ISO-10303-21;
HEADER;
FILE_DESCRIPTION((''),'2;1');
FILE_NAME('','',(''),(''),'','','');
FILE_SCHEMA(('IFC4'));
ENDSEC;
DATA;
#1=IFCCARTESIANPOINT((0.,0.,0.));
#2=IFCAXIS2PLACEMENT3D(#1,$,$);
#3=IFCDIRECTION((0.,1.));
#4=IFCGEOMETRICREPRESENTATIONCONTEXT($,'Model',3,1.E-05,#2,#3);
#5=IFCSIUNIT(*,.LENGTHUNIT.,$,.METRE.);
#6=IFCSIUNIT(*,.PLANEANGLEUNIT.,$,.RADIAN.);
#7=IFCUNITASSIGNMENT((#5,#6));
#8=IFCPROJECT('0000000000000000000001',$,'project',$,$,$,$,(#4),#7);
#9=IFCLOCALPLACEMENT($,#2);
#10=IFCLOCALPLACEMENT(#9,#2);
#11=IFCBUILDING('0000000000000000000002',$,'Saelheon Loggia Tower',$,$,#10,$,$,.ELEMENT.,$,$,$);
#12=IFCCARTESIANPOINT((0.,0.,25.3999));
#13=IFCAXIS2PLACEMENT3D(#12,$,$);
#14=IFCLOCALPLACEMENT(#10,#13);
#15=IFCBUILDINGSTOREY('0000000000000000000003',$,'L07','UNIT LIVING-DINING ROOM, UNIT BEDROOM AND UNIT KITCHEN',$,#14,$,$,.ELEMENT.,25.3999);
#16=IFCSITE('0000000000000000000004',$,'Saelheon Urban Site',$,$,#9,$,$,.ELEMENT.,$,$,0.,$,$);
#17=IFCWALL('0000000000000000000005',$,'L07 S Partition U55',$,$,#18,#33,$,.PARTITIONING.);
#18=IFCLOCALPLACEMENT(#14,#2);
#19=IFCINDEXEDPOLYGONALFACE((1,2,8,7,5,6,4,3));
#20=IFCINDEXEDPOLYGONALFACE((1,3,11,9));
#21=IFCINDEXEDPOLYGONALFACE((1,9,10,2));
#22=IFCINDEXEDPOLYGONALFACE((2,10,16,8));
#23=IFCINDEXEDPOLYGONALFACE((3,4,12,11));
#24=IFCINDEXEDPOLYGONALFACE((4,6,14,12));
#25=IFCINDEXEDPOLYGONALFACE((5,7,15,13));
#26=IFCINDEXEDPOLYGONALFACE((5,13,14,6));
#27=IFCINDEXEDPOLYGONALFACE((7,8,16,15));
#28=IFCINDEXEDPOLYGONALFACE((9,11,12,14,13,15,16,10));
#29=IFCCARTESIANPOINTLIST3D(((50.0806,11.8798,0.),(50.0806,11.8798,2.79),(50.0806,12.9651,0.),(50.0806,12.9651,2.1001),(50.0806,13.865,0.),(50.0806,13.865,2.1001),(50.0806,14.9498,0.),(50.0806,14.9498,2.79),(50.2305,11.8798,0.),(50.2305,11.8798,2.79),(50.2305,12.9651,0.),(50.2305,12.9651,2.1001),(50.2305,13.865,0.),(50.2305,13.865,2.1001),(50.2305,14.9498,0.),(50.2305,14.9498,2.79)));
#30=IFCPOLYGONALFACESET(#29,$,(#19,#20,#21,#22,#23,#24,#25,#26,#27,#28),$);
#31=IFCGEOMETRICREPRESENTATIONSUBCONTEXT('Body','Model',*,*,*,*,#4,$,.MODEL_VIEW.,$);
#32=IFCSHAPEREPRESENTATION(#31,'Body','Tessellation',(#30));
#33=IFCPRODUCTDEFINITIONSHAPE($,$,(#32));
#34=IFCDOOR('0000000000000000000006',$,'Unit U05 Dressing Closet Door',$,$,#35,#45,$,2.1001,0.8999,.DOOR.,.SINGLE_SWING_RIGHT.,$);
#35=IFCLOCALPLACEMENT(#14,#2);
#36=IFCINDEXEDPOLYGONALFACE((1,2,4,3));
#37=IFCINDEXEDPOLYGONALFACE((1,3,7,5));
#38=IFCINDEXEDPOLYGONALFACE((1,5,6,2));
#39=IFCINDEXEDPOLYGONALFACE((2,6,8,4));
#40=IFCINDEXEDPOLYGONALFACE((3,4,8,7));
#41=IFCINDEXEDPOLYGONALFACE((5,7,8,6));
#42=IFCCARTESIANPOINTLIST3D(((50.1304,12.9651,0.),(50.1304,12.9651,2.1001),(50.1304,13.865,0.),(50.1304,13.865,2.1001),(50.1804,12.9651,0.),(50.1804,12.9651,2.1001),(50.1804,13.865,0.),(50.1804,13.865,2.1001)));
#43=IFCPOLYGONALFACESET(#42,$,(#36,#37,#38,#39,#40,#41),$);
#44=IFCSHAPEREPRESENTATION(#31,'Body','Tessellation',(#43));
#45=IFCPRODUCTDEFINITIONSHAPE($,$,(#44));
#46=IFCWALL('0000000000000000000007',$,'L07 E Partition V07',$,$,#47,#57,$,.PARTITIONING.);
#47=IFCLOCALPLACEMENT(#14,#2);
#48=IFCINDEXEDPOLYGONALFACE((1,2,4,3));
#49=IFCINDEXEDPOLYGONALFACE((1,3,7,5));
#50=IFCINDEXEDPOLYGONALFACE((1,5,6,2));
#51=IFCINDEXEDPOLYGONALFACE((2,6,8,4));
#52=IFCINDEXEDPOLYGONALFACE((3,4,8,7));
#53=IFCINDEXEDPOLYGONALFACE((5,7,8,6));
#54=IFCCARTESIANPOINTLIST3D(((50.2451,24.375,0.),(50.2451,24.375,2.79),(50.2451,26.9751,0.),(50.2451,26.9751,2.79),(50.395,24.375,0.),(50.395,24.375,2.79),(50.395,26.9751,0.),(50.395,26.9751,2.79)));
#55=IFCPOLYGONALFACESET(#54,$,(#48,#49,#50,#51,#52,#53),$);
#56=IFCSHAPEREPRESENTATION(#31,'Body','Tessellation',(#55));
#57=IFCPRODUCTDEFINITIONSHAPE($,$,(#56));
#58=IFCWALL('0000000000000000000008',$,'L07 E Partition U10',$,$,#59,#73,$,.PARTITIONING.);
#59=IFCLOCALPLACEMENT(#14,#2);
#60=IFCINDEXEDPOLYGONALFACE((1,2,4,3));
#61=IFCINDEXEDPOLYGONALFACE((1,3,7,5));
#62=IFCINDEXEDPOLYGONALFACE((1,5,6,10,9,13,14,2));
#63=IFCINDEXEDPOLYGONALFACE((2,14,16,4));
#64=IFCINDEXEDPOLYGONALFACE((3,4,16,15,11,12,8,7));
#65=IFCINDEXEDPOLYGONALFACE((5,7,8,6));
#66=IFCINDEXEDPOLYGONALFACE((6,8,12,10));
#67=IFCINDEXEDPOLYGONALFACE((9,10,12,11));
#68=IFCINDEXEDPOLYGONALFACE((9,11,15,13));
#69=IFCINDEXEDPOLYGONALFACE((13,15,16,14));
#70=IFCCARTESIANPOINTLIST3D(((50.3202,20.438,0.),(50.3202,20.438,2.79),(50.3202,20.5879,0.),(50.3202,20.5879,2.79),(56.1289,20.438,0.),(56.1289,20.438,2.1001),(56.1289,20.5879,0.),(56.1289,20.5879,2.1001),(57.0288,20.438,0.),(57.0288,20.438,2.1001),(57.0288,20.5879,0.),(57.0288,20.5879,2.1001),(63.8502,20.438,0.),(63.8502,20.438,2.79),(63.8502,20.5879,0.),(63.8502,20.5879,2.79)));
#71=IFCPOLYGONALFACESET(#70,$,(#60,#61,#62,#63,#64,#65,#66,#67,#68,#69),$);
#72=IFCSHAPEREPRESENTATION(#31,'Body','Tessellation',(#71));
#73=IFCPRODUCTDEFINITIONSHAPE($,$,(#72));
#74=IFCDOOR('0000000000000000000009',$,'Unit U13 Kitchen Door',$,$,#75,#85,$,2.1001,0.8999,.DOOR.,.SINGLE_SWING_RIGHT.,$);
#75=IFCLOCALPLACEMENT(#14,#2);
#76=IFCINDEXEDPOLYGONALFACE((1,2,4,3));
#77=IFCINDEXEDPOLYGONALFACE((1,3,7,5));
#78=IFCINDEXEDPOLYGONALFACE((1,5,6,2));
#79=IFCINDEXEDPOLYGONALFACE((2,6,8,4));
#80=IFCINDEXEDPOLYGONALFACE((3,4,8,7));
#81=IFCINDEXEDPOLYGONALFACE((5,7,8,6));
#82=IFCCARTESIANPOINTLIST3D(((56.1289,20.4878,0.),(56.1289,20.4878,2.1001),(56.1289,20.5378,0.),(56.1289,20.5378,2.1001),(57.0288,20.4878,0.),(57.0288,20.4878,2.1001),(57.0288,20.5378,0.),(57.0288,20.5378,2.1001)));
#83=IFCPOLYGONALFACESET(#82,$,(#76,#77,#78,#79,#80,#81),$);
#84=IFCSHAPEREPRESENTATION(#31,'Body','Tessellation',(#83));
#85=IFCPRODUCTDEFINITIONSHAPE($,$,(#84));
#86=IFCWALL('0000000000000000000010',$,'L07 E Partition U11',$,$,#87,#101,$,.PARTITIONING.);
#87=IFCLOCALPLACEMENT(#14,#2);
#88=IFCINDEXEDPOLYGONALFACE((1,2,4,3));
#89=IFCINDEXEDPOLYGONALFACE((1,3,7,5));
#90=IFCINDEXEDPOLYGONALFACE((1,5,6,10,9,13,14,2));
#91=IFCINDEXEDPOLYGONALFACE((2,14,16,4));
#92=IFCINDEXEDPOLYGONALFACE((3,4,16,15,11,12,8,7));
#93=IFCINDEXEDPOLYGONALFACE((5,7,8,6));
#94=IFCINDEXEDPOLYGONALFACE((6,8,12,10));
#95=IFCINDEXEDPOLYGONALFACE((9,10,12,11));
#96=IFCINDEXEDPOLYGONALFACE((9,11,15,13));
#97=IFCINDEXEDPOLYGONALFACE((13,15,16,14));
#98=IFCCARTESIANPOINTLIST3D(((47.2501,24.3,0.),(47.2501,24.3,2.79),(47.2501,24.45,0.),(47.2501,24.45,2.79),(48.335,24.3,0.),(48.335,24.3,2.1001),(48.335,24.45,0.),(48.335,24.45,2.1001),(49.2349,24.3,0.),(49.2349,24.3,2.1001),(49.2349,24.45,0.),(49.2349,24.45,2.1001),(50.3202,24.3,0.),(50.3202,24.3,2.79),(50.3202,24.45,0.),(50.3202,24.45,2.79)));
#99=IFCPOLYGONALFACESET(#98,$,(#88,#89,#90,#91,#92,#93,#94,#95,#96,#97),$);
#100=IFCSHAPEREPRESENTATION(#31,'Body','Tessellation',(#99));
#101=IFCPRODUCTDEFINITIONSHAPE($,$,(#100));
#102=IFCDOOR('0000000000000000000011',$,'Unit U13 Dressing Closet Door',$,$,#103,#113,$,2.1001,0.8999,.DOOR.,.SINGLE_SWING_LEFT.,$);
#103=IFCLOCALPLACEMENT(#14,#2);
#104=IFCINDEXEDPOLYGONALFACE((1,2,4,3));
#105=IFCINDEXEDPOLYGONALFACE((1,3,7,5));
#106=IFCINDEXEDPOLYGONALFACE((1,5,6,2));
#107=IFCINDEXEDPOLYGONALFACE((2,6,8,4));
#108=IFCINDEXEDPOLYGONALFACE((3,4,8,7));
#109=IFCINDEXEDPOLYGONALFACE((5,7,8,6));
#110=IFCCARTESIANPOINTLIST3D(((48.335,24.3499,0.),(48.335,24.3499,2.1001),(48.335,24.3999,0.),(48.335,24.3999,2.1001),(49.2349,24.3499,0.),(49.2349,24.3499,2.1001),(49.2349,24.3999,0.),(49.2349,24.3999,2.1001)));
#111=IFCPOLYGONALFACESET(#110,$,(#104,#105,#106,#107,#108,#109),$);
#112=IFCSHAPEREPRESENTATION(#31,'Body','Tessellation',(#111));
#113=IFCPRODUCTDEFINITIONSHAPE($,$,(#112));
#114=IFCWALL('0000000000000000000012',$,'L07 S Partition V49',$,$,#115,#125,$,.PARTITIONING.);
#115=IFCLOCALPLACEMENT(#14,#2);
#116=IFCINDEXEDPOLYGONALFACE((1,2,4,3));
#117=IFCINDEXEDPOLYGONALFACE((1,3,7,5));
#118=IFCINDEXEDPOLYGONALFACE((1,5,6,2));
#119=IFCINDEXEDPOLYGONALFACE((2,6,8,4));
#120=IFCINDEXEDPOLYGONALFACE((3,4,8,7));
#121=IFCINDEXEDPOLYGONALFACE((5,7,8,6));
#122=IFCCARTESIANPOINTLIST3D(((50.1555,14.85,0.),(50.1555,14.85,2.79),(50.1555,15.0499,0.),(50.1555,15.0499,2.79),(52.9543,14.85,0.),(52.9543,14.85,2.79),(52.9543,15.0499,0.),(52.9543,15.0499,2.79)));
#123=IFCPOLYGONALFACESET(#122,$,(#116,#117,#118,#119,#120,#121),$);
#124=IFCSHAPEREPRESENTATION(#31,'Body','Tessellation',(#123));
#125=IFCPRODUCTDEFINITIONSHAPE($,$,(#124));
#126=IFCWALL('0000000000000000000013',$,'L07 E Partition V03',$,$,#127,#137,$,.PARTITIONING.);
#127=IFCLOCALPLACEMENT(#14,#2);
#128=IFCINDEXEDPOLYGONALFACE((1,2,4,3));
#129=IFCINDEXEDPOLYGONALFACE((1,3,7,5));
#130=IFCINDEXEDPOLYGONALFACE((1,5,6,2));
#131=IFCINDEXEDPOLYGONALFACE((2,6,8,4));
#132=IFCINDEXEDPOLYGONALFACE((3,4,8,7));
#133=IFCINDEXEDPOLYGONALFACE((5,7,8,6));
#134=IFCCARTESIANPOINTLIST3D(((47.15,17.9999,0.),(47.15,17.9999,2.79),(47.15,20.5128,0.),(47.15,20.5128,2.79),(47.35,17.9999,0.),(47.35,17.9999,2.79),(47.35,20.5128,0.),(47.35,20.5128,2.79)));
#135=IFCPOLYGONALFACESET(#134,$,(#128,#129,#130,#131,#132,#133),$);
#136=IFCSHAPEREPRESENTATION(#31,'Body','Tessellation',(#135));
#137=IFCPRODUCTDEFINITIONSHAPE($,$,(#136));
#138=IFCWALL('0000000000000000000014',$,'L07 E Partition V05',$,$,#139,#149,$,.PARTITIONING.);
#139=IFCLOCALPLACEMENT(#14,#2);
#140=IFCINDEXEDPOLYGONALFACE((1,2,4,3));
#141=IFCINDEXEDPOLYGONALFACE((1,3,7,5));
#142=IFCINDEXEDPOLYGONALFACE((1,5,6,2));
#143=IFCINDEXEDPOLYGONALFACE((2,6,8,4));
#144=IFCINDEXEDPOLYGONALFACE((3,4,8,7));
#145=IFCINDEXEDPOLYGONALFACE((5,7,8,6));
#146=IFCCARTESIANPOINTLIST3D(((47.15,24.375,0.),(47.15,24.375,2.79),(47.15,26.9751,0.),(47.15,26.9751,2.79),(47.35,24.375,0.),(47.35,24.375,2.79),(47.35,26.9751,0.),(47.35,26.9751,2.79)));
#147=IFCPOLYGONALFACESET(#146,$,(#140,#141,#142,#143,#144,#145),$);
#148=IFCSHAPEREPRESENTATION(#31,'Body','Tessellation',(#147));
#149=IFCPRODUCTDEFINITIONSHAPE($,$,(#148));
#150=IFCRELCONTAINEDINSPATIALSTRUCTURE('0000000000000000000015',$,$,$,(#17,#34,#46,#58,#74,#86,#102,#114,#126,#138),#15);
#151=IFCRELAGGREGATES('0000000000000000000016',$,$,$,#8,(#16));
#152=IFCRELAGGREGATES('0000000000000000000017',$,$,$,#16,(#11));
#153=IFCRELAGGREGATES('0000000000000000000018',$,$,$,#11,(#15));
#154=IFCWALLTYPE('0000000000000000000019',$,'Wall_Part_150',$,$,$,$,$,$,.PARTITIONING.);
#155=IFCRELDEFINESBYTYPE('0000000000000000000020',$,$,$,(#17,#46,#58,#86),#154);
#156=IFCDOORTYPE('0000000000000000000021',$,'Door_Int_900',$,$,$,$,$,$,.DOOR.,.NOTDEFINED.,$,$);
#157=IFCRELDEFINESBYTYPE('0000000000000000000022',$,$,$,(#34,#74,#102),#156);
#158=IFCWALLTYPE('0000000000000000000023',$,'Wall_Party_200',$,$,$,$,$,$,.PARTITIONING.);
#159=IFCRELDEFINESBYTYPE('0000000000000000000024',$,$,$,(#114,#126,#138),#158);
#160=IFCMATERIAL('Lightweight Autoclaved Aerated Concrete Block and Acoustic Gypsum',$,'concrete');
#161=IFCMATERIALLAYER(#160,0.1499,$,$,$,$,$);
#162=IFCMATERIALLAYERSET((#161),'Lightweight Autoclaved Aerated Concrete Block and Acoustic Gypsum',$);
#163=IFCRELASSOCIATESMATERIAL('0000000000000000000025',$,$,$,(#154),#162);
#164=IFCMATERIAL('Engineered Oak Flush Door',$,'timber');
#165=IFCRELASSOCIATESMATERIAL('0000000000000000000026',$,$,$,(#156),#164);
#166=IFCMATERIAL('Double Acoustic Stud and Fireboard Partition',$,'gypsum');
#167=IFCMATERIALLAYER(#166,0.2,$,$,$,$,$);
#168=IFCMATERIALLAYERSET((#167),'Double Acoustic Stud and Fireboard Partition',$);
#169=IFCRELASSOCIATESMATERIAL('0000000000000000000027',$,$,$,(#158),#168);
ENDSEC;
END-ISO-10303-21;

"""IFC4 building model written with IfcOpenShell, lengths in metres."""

from ifc_helpers import new_model, si_unit, direction, frame, frame_2d, origin, place, context, subcontext, project, spatial, rectangle, extrude, source, transform, mapped, material, layer, layer_set, type_object, element, fill, save


model = new_model("IFC4")

# Units and contexts
model_context = context("Model", 3, precision=1e-05, world=origin(), true_north=direction((0.0, 1.0)))
body_context = subcontext(model_context, "Body", "Model", "MODEL_VIEW")
ifc_project = project(units=[si_unit("LENGTHUNIT", "METRE"), si_unit("PLANEANGLEUNIT", "RADIAN")], contexts=[model_context])

# Site, building, storey
site_placement = place(None, origin())
site = spatial("IfcSite", under=ifc_project, at=site_placement, Name="Saelheon Urban Site", CompositionType="ELEMENT", RefElevation=0.0)
building_placement = place(site_placement, origin())
building = spatial("IfcBuilding", under=site, at=building_placement, Name="Saelheon Loggia Tower", CompositionType="ELEMENT")
storey_placement = place(building_placement, frame((0.0, 0.0, 25.3999)))
storey = spatial("IfcBuildingStorey", under=building, at=storey_placement, Name="L07", Description="UNIT LIVING-DINING ROOM, UNIT BEDROOM AND UNIT KITCHEN", CompositionType="ELEMENT", Elevation=25.3999)

# Wall, opening, door
ifc_material_1 = material(Name="Lightweight Autoclaved Aerated Concrete Block and Acoustic Gypsum", Category="concrete")
ifc_layer_1 = layer(ifc_material_1, 0.1499)
ifc_layer_set_1 = layer_set([ifc_layer_1], Name="Lightweight Autoclaved Aerated Concrete Block and Acoustic Gypsum")
wall_type_1 = type_object("IfcWallType", Name="Wall_Part_150", PredefinedType="PARTITIONING", material=ifc_layer_set_1)
wall_1_placement = place(storey_placement, frame((50.1555, 14.95, 0.0), z_axis=(0.0, 0.0, 1.0), x_axis=(0.0, -1.0, 0.0)))
wall_1 = element("IfcWall", 1, at=wall_1_placement, inside=storey, type_object=wall_type_1, Name="L07 S Partition U55", PredefinedType="PARTITIONING", context=body_context, shape_type="SweptSolid", body=[
    extrude(rectangle(XDim=3.0701, YDim=0.1499, at=frame_2d((1.5352, 0.0))), origin(), (0.0, 0.0, 1.0), 2.79),
])
opening_1_placement = place(wall_1_placement, frame((1.085, 0.0, 0.0)))
opening_1 = element("IfcOpeningElement", 2, at=opening_1_placement, cuts=wall_1, PredefinedType="OPENING", context=body_context, shape_type="SweptSolid", body=[
    extrude(rectangle(XDim=0.8999, YDim=2.1001, at=frame_2d((0.45, 1.05))), frame((0.0, 0.0869, 0.0), z_axis=(0.0, -1.0, 0.0), x_axis=(1.0, 0.0, 0.0)), (0.0, 0.0, 1.0), 0.1738),
])
ifc_material_2 = material(Name="Engineered Oak Flush Door", Category="timber")
door_type_1 = type_object("IfcDoorType", Name="Door_Int_900", OperationType="NOTDEFINED", PredefinedType="DOOR", material=ifc_material_2)
shared_shape_1 = source(origin(), body_context, "Body", "SweptSolid", [
    extrude(rectangle(XDim=0.8999, YDim=2.1001, at=frame_2d((0.45, 1.05))), frame((0.0, 0.0249, 0.0), z_axis=(0.0, -1.0, 0.0), x_axis=(1.0, 0.0, 0.0)), (0.0, 0.0, 1.0), 0.05),
])
door_1_placement = place(opening_1_placement, origin())
door_1 = element("IfcDoor", 3, at=door_1_placement, inside=storey, type_object=door_type_1, Name="Unit U05 Dressing Closet Door", OperationType="SINGLE_SWING_RIGHT", OverallHeight=2.1001, OverallWidth=0.8999, PredefinedType="DOOR", context=body_context, shape_type="MappedRepresentation", body=[
    mapped(shared_shape_1, transform((0.0, 0.0, 0.0), scale=1.0)),
])
fill(opening_1, door_1)

# Wall
wall_2_placement = place(storey_placement, frame((50.3201, 24.375, 0.0), z_axis=(0.0, 0.0, 1.0), x_axis=(0.0, 1.0, 0.0)))
element("IfcWall", 4, at=wall_2_placement, inside=storey, type_object=wall_type_1, Name="L07 E Partition V07", PredefinedType="PARTITIONING", context=body_context, shape_type="SweptSolid", body=[
    extrude(rectangle(XDim=2.6001, YDim=0.1499, at=frame_2d((1.3, 0.0))), origin(), (0.0, 0.0, 1.0), 2.79),
])

# Walls, openings, doors
wall_3_placement = place(storey_placement, frame((50.3201, 20.5129, 0.0), z_axis=(0.0, 0.0, 1.0), x_axis=(1.0, 0.0, 0.0)))
wall_3 = element("IfcWall", 5, at=wall_3_placement, inside=storey, type_object=wall_type_1, Name="L07 E Partition U10", PredefinedType="PARTITIONING", context=body_context, shape_type="SweptSolid", body=[
    extrude(rectangle(XDim=13.53, YDim=0.1499, at=frame_2d((6.7651, 0.0))), origin(), (0.0, 0.0, 1.0), 2.79),
])
opening_2_placement = place(wall_3_placement, frame((5.8088, 0.0, 0.0)))
opening_2 = element("IfcOpeningElement", 6, at=opening_2_placement, cuts=wall_3, PredefinedType="OPENING", context=body_context, shape_type="SweptSolid", body=[
    extrude(rectangle(XDim=0.8999, YDim=2.1001, at=frame_2d((0.45, 1.05))), frame((0.0, 0.0869, 0.0), z_axis=(0.0, -1.0, 0.0), x_axis=(1.0, 0.0, 0.0)), (0.0, 0.0, 1.0), 0.1738),
])
door_2_placement = place(opening_2_placement, origin())
door_2 = element("IfcDoor", 7, at=door_2_placement, inside=storey, type_object=door_type_1, Name="Unit U13 Kitchen Door", OperationType="SINGLE_SWING_RIGHT", OverallHeight=2.1001, OverallWidth=0.8999, PredefinedType="DOOR", context=body_context, shape_type="MappedRepresentation", body=[
    mapped(shared_shape_1, transform((0.0, 0.0, 0.0), scale=1.0)),
])
fill(opening_2, door_2)
wall_4_placement = place(storey_placement, frame((47.25, 24.375, 0.0), z_axis=(0.0, 0.0, 1.0), x_axis=(1.0, 0.0, 0.0)))
wall_4 = element("IfcWall", 8, at=wall_4_placement, inside=storey, type_object=wall_type_1, Name="L07 E Partition U11", PredefinedType="PARTITIONING", context=body_context, shape_type="SweptSolid", body=[
    extrude(rectangle(XDim=3.0701, YDim=0.1499, at=frame_2d((1.5352, 0.0))), origin(), (0.0, 0.0, 1.0), 2.79),
])
opening_3_placement = place(wall_4_placement, frame((1.085, 0.0, 0.0)))
opening_3 = element("IfcOpeningElement", 9, at=opening_3_placement, cuts=wall_4, PredefinedType="OPENING", context=body_context, shape_type="SweptSolid", body=[
    extrude(rectangle(XDim=0.8999, YDim=2.1001, at=frame_2d((0.45, 1.05))), frame((0.0, 0.0869, 0.0), z_axis=(0.0, -1.0, 0.0), x_axis=(1.0, 0.0, 0.0)), (0.0, 0.0, 1.0), 0.1738),
])
door_3_placement = place(opening_3_placement, origin())
door_3 = element("IfcDoor", 10, at=door_3_placement, inside=storey, type_object=door_type_1, Name="Unit U13 Dressing Closet Door", OperationType="SINGLE_SWING_LEFT", OverallHeight=2.1001, OverallWidth=0.8999, PredefinedType="DOOR", context=body_context, shape_type="MappedRepresentation", body=[
    mapped(shared_shape_1, transform((0.0, 0.0, 0.0), scale=1.0)),
])
fill(opening_3, door_3)
ifc_material_3 = material(Name="Double Acoustic Stud and Fireboard Partition", Category="gypsum")
ifc_layer_2 = layer(ifc_material_3, 0.2)
ifc_layer_set_2 = layer_set([ifc_layer_2], Name="Double Acoustic Stud and Fireboard Partition")
wall_type_2 = type_object("IfcWallType", Name="Wall_Party_200", PredefinedType="PARTITIONING", material=ifc_layer_set_2)

# Walls
wall_5_placement = place(storey_placement, frame((50.1555, 14.95, 0.0), z_axis=(0.0, 0.0, 1.0), x_axis=(1.0, 0.0, 0.0)))
element("IfcWall", 11, at=wall_5_placement, inside=storey, type_object=wall_type_2, Name="L07 S Partition V49", PredefinedType="PARTITIONING", context=body_context, shape_type="SweptSolid", body=[
    extrude(rectangle(XDim=2.7988, YDim=0.2, at=frame_2d((1.3994, 0.0))), origin(), (0.0, 0.0, 1.0), 2.79),
])
wall_6_placement = place(storey_placement, frame((47.25, 18.0, 0.0), z_axis=(0.0, 0.0, 1.0), x_axis=(0.0, 1.0, 0.0)))
element("IfcWall", 12, at=wall_6_placement, inside=storey, type_object=wall_type_2, Name="L07 E Partition V03", PredefinedType="PARTITIONING", context=body_context, shape_type="SweptSolid", body=[
    extrude(rectangle(XDim=2.5129, YDim=0.2, at=frame_2d((1.2563, 0.0))), origin(), (0.0, 0.0, 1.0), 2.79),
])

# Wall
wall_7_placement = place(storey_placement, frame((47.25, 24.375, 0.0), z_axis=(0.0, 0.0, 1.0), x_axis=(0.0, 1.0, 0.0)))
element("IfcWall", 13, at=wall_7_placement, inside=storey, type_object=wall_type_2, Name="L07 E Partition V05", PredefinedType="PARTITIONING", context=body_context, shape_type="SweptSolid", body=[
    extrude(rectangle(XDim=2.6001, YDim=0.2, at=frame_2d((1.3, 0.0))), origin(), (0.0, 0.0, 1.0), 2.79),
])

save(model, "model.ifc")
